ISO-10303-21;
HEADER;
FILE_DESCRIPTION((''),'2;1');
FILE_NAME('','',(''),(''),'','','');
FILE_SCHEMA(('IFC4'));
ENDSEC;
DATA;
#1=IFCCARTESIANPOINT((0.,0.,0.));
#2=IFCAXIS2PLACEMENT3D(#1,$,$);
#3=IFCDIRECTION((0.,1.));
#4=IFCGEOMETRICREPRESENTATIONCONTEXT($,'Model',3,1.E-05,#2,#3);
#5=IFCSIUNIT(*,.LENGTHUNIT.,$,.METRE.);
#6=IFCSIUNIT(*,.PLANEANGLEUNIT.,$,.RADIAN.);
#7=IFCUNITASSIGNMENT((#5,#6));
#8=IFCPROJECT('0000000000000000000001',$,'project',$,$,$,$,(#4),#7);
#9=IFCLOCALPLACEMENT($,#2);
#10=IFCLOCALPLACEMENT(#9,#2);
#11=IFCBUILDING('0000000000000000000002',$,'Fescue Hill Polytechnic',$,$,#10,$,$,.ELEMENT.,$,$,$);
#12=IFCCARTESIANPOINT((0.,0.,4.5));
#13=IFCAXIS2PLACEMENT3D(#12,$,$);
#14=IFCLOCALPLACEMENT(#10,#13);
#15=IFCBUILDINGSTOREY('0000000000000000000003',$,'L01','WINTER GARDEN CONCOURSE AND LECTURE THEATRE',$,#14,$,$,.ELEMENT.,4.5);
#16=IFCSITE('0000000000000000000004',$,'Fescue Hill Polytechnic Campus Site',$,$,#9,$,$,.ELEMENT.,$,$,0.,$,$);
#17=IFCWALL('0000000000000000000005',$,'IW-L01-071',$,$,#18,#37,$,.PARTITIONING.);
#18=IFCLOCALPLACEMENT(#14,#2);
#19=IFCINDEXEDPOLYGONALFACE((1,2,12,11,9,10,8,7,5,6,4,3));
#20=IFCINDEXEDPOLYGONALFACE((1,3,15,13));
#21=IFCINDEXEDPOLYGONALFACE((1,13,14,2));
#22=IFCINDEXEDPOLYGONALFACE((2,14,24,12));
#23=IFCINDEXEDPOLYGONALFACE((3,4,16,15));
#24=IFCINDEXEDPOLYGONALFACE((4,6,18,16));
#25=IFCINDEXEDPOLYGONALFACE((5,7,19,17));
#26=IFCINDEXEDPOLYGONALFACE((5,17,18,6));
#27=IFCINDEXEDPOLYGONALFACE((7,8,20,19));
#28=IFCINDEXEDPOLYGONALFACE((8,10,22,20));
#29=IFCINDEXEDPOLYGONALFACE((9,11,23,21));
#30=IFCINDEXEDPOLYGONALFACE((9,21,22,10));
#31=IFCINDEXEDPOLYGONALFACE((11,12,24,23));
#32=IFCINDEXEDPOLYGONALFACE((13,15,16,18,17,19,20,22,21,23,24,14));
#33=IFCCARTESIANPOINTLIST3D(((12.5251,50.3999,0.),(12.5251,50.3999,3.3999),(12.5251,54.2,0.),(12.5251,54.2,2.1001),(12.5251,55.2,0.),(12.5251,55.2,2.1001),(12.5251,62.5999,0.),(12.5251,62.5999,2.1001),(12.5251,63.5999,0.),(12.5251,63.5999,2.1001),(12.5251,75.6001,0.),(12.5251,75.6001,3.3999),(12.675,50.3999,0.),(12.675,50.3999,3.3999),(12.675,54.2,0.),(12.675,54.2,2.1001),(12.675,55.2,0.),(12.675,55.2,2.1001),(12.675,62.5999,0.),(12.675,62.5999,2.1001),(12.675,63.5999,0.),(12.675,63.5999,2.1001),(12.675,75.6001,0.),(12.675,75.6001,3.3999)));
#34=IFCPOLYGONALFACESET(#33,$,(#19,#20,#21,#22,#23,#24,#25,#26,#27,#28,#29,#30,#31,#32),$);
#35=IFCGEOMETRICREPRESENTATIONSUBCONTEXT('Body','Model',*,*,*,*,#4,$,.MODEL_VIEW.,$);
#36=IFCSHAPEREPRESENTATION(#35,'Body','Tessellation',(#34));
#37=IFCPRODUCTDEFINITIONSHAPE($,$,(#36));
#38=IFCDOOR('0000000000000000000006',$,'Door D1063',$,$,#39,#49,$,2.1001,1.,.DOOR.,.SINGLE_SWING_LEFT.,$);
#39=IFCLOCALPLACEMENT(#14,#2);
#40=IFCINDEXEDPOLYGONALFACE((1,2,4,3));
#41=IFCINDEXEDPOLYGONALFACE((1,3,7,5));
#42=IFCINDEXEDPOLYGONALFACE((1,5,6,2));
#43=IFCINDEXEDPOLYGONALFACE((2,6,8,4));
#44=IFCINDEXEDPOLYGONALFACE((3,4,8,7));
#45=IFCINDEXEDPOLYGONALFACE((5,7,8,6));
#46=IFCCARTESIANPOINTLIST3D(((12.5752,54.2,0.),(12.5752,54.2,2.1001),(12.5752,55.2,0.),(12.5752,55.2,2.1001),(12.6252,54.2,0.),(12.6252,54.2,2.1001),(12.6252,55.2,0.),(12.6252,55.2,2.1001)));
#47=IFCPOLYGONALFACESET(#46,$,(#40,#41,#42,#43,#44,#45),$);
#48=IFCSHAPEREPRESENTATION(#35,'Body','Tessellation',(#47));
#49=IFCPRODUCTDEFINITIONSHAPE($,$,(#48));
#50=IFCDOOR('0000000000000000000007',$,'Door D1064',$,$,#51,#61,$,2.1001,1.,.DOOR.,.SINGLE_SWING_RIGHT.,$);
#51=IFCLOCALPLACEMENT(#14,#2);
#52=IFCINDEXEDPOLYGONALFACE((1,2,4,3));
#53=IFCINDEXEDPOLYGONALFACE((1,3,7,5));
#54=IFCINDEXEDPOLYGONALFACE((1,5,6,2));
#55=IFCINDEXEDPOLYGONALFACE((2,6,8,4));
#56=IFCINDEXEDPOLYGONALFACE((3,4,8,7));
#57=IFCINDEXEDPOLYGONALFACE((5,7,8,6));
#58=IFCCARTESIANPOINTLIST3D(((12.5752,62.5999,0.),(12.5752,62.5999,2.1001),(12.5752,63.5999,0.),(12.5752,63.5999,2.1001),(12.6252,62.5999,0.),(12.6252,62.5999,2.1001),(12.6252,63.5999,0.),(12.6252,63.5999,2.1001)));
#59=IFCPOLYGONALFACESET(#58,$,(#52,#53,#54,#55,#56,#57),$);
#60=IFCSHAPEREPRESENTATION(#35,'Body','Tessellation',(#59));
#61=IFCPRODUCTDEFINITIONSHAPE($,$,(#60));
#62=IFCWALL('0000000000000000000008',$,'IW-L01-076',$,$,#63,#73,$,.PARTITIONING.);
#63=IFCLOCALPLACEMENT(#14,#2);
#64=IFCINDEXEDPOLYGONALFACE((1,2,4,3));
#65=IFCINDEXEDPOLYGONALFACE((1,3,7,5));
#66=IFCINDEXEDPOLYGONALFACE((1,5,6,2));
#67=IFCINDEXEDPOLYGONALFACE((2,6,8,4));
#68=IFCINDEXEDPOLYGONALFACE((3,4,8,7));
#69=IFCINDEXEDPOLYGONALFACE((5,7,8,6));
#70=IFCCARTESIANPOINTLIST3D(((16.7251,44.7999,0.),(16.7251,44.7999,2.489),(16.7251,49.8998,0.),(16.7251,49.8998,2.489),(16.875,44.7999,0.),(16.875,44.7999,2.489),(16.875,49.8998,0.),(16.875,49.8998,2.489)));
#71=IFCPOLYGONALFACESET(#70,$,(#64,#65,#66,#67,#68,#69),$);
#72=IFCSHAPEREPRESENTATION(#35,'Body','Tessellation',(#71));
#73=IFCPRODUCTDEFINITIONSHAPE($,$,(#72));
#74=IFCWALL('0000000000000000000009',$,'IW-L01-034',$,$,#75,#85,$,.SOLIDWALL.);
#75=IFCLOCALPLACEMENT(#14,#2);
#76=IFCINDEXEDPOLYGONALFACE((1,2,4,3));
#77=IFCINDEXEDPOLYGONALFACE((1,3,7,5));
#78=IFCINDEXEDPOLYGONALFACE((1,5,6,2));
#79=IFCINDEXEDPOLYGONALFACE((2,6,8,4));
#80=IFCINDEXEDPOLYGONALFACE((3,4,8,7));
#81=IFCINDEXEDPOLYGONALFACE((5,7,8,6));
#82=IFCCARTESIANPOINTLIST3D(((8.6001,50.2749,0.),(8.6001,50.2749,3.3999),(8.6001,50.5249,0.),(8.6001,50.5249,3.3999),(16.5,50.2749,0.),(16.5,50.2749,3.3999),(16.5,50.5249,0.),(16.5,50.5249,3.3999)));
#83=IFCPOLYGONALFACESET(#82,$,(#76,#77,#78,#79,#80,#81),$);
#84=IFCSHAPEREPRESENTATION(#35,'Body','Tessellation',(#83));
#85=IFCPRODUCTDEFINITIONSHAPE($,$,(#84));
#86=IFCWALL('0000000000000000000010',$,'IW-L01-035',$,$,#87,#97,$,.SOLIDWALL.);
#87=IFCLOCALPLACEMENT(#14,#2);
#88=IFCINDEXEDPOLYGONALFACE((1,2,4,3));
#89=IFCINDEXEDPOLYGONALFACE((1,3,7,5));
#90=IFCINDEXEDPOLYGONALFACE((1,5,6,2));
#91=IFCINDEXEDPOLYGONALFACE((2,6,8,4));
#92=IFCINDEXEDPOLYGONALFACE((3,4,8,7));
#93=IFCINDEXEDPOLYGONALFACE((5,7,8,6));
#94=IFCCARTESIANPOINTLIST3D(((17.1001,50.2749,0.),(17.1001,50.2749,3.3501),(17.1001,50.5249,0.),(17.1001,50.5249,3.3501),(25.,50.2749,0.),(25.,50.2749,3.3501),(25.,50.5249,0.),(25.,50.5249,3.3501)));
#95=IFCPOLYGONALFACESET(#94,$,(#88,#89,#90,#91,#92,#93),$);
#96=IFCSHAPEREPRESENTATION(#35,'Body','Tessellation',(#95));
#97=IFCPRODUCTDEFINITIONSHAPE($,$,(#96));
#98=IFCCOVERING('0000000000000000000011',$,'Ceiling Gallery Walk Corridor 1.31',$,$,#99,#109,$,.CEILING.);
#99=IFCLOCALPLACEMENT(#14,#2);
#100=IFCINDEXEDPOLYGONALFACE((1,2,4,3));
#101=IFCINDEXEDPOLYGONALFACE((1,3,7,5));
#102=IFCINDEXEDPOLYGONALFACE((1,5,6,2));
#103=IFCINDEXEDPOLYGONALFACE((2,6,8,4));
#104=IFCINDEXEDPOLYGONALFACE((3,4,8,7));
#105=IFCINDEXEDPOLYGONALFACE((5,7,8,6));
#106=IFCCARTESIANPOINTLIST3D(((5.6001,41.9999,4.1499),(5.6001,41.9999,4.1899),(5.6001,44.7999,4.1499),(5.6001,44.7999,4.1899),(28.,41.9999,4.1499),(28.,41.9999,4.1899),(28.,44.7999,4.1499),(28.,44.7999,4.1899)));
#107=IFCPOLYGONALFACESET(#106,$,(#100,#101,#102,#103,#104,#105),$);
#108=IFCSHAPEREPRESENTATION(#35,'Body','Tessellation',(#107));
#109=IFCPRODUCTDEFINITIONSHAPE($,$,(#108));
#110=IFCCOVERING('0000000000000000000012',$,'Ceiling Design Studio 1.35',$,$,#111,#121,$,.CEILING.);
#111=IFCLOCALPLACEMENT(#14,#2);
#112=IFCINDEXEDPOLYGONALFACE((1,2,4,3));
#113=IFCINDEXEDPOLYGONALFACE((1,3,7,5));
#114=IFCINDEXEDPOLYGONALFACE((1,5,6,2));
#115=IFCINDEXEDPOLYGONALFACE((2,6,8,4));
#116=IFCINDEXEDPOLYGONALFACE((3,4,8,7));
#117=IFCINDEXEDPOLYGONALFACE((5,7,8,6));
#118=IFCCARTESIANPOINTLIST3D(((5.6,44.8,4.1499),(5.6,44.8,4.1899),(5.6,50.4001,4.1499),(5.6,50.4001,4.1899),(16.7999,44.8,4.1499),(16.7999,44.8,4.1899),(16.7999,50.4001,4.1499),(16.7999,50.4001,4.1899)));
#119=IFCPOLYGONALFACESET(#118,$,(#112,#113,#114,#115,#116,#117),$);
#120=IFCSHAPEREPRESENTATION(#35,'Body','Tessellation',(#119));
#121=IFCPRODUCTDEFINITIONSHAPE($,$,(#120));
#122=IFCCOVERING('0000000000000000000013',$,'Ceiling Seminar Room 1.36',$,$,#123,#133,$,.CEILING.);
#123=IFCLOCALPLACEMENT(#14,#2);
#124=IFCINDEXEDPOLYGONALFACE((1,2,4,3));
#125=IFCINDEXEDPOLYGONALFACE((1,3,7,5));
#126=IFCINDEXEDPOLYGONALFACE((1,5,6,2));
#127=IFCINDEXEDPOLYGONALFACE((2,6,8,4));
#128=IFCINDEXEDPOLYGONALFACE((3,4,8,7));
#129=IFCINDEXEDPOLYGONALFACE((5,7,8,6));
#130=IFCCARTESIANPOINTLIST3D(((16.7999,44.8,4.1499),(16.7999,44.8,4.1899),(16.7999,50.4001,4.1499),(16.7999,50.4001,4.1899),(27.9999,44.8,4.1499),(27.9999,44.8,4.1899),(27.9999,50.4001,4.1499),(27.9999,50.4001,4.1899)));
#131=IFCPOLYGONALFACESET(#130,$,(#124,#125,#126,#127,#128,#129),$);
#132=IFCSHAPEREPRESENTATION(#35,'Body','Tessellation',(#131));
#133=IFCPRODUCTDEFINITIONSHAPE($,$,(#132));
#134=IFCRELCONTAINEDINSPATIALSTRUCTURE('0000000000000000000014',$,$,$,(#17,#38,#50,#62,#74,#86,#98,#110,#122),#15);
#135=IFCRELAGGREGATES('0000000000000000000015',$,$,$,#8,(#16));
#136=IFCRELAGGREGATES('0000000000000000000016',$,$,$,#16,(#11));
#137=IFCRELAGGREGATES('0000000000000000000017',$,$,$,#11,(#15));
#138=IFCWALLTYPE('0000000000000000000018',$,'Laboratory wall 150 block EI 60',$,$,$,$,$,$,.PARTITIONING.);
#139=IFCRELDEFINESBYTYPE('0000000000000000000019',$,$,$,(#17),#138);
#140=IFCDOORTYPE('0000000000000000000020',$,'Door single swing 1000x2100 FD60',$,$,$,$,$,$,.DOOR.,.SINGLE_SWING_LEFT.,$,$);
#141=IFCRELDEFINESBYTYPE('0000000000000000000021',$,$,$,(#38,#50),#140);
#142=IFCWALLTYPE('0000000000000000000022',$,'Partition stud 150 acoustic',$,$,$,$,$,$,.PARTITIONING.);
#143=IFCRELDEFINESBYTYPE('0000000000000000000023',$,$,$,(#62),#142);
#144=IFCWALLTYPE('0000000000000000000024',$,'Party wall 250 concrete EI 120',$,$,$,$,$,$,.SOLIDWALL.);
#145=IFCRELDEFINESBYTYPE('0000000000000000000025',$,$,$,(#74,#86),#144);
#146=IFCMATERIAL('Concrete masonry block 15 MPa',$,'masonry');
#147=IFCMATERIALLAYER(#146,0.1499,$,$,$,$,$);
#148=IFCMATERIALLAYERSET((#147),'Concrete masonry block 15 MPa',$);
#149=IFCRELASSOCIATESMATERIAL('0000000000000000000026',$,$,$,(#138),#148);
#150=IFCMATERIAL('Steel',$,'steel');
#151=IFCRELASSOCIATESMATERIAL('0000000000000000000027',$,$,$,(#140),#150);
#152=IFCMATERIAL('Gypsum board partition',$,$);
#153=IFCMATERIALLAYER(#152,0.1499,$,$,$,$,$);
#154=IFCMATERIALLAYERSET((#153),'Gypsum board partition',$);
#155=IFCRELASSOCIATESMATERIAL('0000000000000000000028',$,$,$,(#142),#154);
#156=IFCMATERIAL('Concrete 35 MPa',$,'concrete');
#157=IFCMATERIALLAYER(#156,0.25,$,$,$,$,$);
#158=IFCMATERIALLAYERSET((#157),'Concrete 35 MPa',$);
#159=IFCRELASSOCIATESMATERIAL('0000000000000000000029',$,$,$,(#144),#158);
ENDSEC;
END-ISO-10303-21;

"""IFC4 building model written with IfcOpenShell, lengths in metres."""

from ifc_helpers import new_model, si_unit, direction, frame, frame_2d, origin, origin_2d, place, context, subcontext, project, spatial, rectangle, extrude, material, layer, layer_set, type_object, element, fill, save


model = new_model("IFC4")

# Units and contexts
model_context = context("Model", 3, precision=1e-05, world=origin(), true_north=direction((0.0, 1.0)))
body_context = subcontext(model_context, "Body", "Model", "MODEL_VIEW")
ifc_project = project(units=[si_unit("LENGTHUNIT", "METRE"), si_unit("PLANEANGLEUNIT", "RADIAN")], contexts=[model_context])

# Site, building, storey
site_placement = place(None, origin())
site = spatial("IfcSite", under=ifc_project, at=site_placement, Name="Fescue Hill Polytechnic Campus Site", CompositionType="ELEMENT", RefElevation=0.0)
building_placement = place(site_placement, origin())
building = spatial("IfcBuilding", under=site, at=building_placement, Name="Fescue Hill Polytechnic", CompositionType="ELEMENT")
storey_placement = place(building_placement, frame((0.0, 0.0, 4.5)))
storey = spatial("IfcBuildingStorey", under=building, at=storey_placement, Name="L01", Description="WINTER GARDEN CONCOURSE AND LECTURE THEATRE", CompositionType="ELEMENT", Elevation=4.5)

# Shared definitions
ifc_material_1 = material(Name="Concrete 35 MPa", Category="concrete")

# Wall, openings, doors
ifc_material_2 = material(Name="Concrete masonry block 15 MPa", Category="masonry")
ifc_layer_1 = layer(ifc_material_2, 0.1499)
ifc_layer_set_1 = layer_set([ifc_layer_1], Name="Concrete masonry block 15 MPa")
wall_type_1 = type_object("IfcWallType", Name="Laboratory wall 150 block EI 60", PredefinedType="PARTITIONING", material=ifc_layer_set_1)
wall_1_placement = place(storey_placement, frame((12.6001, 50.3999, 0.0), z_axis=(0.0, 0.0, 1.0), x_axis=(0.0, 1.0, 0.0)))
wall_1 = element("IfcWall", 1, at=wall_1_placement, inside=storey, type_object=wall_type_1, Name="IW-L01-071", PredefinedType="PARTITIONING", context=body_context, shape_type="SweptSolid", body=[
    extrude(rectangle(XDim=25.2002, YDim=0.1499, at=frame_2d((12.6001, 0.0))), origin(), (0.0, 0.0, 1.0), 3.3999),
])
opening_1_placement = place(wall_1_placement, frame((3.8, 0.0, 0.0)))
opening_1 = element("IfcOpeningElement", 2, at=opening_1_placement, cuts=wall_1, PredefinedType="OPENING", context=body_context, shape_type="SweptSolid", body=[
    extrude(rectangle(XDim=1.0, YDim=2.1001, at=frame_2d((0.5, 1.05))), frame((0.0, 0.085, 0.0), z_axis=(0.0, -1.0, 0.0), x_axis=(1.0, 0.0, 0.0)), (0.0, 0.0, 1.0), 0.1699),
])
opening_2_placement = place(wall_1_placement, frame((12.2, 0.0, 0.0)))
opening_2 = element("IfcOpeningElement", 3, at=opening_2_placement, cuts=wall_1, PredefinedType="OPENING", context=body_context, shape_type="SweptSolid", body=[
    extrude(rectangle(XDim=1.0, YDim=2.1001, at=frame_2d((0.5, 1.05))), frame((0.0, 0.085, 0.0), z_axis=(0.0, -1.0, 0.0), x_axis=(1.0, 0.0, 0.0)), (0.0, 0.0, 1.0), 0.1699),
])
ifc_material_3 = material(Name="Steel", Category="steel")
door_type = type_object("IfcDoorType", Name="Door single swing 1000x2100 FD60", OperationType="SINGLE_SWING_LEFT", PredefinedType="DOOR", material=ifc_material_3)
door_1_placement = place(opening_1_placement, origin())
door_1 = element("IfcDoor", 4, at=door_1_placement, inside=storey, type_object=door_type, Name="Door D1063", OperationType="SINGLE_SWING_LEFT", OverallHeight=2.1001, OverallWidth=1.0, PredefinedType="DOOR", context=body_context, shape_type="SweptSolid", body=[
    extrude(rectangle(XDim=1.0, YDim=2.1001, at=frame_2d((0.5, 1.05))), frame((0.0, 0.0249, 0.0), z_axis=(0.0, -1.0, 0.0), x_axis=(1.0, 0.0, 0.0)), (0.0, 0.0, 1.0), 0.05),
])
fill(opening_1, door_1)
door_2_placement = place(opening_2_placement, origin())
door_2 = element("IfcDoor", 5, at=door_2_placement, inside=storey, type_object=door_type, Name="Door D1064", OperationType="SINGLE_SWING_RIGHT", OverallHeight=2.1001, OverallWidth=1.0, PredefinedType="DOOR", context=body_context, shape_type="SweptSolid", body=[
    extrude(rectangle(XDim=1.0, YDim=2.1001, at=frame_2d((0.5, 1.05))), frame((0.0, 0.0249, 0.0), z_axis=(0.0, -1.0, 0.0), x_axis=(1.0, 0.0, 0.0)), (0.0, 0.0, 1.0), 0.05),
])
fill(opening_2, door_2)

# Walls
ifc_material_4 = material(Name="Gypsum board partition")
ifc_layer_2 = layer(ifc_material_4, 0.1499)
ifc_layer_set_2 = layer_set([ifc_layer_2], Name="Gypsum board partition")
wall_type_2 = type_object("IfcWallType", Name="Partition stud 150 acoustic", PredefinedType="PARTITIONING", material=ifc_layer_set_2)
wall_2_placement = place(storey_placement, frame((16.8, 44.8, 0.0), z_axis=(0.0, 0.0, 1.0), x_axis=(0.0, 1.0, 0.0)))
element("IfcWall", 6, at=wall_2_placement, inside=storey, type_object=wall_type_2, Name="IW-L01-076", PredefinedType="PARTITIONING", context=body_context, shape_type="SweptSolid", body=[
    extrude(rectangle(XDim=5.0999, YDim=0.1499, at=frame_2d((2.5498, 0.0))), origin(), (0.0, 0.0, 1.0), 2.489),
])
ifc_layer_3 = layer(ifc_material_1, 0.25)
ifc_layer_set_3 = layer_set([ifc_layer_3], Name="Concrete 35 MPa")
wall_type_3 = type_object("IfcWallType", Name="Party wall 250 concrete EI 120", PredefinedType="SOLIDWALL", material=ifc_layer_set_3)
wall_3_placement = place(storey_placement, frame((8.6001, 50.3999, 0.0), z_axis=(0.0, 0.0, 1.0), x_axis=(1.0, 0.0, 0.0)))
element("IfcWall", 7, at=wall_3_placement, inside=storey, type_object=wall_type_3, Name="IW-L01-034", PredefinedType="SOLIDWALL", context=body_context, shape_type="SweptSolid", body=[
    extrude(rectangle(XDim=7.8999, YDim=0.25, at=frame_2d((3.95, 0.0))), origin(), (0.0, 0.0, 1.0), 3.3999),
])
wall_4_placement = place(storey_placement, frame((17.1001, 50.3999, 0.0), z_axis=(0.0, 0.0, 1.0), x_axis=(1.0, 0.0, 0.0)))
element("IfcWall", 8, at=wall_4_placement, inside=storey, type_object=wall_type_3, Name="IW-L01-035", PredefinedType="SOLIDWALL", context=body_context, shape_type="SweptSolid", body=[
    extrude(rectangle(XDim=7.8999, YDim=0.25, at=frame_2d((3.95, 0.0))), origin(), (0.0, 0.0, 1.0), 3.3501),
])

# Coverings
covering_placement = place(storey_placement, frame((16.8, 43.3999, 4.1499), z_axis=(0.0, 0.0, 1.0), x_axis=(1.0, 0.0, 0.0)))
element("IfcCovering", 9, at=covering_placement, inside=storey, Name="Ceiling Gallery Walk Corridor 1.31", PredefinedType="CEILING", context=body_context, shape_type="SweptSolid", body=[
    extrude(rectangle(XDim=22.3999, YDim=2.8, at=origin_2d()), origin(), (0.0, 0.0, 1.0), 0.04),
])
for number, where, z_axis, x_axis, name in (
    (10, (11.2, 47.6001, 4.1499), (0.0, 0.0, 1.0), (1.0, 0.0, 0.0), "Ceiling Design Studio 1.35"),
    (11, (22.3999, 47.6001, 4.1499), (0.0, 0.0, 1.0), (1.0, 0.0, 0.0), "Ceiling Seminar Room 1.36"),
):
    element("IfcCovering", number, at=place(storey_placement, frame(where, z_axis=z_axis, x_axis=x_axis)), inside=storey, Name=name, PredefinedType="CEILING", context=body_context, shape_type="SweptSolid", body=[
        extrude(rectangle(XDim=11.2, YDim=5.6001, at=origin_2d()), origin(), (0.0, 0.0, 1.0), 0.04),
    ])

save(model, "model.ifc")
